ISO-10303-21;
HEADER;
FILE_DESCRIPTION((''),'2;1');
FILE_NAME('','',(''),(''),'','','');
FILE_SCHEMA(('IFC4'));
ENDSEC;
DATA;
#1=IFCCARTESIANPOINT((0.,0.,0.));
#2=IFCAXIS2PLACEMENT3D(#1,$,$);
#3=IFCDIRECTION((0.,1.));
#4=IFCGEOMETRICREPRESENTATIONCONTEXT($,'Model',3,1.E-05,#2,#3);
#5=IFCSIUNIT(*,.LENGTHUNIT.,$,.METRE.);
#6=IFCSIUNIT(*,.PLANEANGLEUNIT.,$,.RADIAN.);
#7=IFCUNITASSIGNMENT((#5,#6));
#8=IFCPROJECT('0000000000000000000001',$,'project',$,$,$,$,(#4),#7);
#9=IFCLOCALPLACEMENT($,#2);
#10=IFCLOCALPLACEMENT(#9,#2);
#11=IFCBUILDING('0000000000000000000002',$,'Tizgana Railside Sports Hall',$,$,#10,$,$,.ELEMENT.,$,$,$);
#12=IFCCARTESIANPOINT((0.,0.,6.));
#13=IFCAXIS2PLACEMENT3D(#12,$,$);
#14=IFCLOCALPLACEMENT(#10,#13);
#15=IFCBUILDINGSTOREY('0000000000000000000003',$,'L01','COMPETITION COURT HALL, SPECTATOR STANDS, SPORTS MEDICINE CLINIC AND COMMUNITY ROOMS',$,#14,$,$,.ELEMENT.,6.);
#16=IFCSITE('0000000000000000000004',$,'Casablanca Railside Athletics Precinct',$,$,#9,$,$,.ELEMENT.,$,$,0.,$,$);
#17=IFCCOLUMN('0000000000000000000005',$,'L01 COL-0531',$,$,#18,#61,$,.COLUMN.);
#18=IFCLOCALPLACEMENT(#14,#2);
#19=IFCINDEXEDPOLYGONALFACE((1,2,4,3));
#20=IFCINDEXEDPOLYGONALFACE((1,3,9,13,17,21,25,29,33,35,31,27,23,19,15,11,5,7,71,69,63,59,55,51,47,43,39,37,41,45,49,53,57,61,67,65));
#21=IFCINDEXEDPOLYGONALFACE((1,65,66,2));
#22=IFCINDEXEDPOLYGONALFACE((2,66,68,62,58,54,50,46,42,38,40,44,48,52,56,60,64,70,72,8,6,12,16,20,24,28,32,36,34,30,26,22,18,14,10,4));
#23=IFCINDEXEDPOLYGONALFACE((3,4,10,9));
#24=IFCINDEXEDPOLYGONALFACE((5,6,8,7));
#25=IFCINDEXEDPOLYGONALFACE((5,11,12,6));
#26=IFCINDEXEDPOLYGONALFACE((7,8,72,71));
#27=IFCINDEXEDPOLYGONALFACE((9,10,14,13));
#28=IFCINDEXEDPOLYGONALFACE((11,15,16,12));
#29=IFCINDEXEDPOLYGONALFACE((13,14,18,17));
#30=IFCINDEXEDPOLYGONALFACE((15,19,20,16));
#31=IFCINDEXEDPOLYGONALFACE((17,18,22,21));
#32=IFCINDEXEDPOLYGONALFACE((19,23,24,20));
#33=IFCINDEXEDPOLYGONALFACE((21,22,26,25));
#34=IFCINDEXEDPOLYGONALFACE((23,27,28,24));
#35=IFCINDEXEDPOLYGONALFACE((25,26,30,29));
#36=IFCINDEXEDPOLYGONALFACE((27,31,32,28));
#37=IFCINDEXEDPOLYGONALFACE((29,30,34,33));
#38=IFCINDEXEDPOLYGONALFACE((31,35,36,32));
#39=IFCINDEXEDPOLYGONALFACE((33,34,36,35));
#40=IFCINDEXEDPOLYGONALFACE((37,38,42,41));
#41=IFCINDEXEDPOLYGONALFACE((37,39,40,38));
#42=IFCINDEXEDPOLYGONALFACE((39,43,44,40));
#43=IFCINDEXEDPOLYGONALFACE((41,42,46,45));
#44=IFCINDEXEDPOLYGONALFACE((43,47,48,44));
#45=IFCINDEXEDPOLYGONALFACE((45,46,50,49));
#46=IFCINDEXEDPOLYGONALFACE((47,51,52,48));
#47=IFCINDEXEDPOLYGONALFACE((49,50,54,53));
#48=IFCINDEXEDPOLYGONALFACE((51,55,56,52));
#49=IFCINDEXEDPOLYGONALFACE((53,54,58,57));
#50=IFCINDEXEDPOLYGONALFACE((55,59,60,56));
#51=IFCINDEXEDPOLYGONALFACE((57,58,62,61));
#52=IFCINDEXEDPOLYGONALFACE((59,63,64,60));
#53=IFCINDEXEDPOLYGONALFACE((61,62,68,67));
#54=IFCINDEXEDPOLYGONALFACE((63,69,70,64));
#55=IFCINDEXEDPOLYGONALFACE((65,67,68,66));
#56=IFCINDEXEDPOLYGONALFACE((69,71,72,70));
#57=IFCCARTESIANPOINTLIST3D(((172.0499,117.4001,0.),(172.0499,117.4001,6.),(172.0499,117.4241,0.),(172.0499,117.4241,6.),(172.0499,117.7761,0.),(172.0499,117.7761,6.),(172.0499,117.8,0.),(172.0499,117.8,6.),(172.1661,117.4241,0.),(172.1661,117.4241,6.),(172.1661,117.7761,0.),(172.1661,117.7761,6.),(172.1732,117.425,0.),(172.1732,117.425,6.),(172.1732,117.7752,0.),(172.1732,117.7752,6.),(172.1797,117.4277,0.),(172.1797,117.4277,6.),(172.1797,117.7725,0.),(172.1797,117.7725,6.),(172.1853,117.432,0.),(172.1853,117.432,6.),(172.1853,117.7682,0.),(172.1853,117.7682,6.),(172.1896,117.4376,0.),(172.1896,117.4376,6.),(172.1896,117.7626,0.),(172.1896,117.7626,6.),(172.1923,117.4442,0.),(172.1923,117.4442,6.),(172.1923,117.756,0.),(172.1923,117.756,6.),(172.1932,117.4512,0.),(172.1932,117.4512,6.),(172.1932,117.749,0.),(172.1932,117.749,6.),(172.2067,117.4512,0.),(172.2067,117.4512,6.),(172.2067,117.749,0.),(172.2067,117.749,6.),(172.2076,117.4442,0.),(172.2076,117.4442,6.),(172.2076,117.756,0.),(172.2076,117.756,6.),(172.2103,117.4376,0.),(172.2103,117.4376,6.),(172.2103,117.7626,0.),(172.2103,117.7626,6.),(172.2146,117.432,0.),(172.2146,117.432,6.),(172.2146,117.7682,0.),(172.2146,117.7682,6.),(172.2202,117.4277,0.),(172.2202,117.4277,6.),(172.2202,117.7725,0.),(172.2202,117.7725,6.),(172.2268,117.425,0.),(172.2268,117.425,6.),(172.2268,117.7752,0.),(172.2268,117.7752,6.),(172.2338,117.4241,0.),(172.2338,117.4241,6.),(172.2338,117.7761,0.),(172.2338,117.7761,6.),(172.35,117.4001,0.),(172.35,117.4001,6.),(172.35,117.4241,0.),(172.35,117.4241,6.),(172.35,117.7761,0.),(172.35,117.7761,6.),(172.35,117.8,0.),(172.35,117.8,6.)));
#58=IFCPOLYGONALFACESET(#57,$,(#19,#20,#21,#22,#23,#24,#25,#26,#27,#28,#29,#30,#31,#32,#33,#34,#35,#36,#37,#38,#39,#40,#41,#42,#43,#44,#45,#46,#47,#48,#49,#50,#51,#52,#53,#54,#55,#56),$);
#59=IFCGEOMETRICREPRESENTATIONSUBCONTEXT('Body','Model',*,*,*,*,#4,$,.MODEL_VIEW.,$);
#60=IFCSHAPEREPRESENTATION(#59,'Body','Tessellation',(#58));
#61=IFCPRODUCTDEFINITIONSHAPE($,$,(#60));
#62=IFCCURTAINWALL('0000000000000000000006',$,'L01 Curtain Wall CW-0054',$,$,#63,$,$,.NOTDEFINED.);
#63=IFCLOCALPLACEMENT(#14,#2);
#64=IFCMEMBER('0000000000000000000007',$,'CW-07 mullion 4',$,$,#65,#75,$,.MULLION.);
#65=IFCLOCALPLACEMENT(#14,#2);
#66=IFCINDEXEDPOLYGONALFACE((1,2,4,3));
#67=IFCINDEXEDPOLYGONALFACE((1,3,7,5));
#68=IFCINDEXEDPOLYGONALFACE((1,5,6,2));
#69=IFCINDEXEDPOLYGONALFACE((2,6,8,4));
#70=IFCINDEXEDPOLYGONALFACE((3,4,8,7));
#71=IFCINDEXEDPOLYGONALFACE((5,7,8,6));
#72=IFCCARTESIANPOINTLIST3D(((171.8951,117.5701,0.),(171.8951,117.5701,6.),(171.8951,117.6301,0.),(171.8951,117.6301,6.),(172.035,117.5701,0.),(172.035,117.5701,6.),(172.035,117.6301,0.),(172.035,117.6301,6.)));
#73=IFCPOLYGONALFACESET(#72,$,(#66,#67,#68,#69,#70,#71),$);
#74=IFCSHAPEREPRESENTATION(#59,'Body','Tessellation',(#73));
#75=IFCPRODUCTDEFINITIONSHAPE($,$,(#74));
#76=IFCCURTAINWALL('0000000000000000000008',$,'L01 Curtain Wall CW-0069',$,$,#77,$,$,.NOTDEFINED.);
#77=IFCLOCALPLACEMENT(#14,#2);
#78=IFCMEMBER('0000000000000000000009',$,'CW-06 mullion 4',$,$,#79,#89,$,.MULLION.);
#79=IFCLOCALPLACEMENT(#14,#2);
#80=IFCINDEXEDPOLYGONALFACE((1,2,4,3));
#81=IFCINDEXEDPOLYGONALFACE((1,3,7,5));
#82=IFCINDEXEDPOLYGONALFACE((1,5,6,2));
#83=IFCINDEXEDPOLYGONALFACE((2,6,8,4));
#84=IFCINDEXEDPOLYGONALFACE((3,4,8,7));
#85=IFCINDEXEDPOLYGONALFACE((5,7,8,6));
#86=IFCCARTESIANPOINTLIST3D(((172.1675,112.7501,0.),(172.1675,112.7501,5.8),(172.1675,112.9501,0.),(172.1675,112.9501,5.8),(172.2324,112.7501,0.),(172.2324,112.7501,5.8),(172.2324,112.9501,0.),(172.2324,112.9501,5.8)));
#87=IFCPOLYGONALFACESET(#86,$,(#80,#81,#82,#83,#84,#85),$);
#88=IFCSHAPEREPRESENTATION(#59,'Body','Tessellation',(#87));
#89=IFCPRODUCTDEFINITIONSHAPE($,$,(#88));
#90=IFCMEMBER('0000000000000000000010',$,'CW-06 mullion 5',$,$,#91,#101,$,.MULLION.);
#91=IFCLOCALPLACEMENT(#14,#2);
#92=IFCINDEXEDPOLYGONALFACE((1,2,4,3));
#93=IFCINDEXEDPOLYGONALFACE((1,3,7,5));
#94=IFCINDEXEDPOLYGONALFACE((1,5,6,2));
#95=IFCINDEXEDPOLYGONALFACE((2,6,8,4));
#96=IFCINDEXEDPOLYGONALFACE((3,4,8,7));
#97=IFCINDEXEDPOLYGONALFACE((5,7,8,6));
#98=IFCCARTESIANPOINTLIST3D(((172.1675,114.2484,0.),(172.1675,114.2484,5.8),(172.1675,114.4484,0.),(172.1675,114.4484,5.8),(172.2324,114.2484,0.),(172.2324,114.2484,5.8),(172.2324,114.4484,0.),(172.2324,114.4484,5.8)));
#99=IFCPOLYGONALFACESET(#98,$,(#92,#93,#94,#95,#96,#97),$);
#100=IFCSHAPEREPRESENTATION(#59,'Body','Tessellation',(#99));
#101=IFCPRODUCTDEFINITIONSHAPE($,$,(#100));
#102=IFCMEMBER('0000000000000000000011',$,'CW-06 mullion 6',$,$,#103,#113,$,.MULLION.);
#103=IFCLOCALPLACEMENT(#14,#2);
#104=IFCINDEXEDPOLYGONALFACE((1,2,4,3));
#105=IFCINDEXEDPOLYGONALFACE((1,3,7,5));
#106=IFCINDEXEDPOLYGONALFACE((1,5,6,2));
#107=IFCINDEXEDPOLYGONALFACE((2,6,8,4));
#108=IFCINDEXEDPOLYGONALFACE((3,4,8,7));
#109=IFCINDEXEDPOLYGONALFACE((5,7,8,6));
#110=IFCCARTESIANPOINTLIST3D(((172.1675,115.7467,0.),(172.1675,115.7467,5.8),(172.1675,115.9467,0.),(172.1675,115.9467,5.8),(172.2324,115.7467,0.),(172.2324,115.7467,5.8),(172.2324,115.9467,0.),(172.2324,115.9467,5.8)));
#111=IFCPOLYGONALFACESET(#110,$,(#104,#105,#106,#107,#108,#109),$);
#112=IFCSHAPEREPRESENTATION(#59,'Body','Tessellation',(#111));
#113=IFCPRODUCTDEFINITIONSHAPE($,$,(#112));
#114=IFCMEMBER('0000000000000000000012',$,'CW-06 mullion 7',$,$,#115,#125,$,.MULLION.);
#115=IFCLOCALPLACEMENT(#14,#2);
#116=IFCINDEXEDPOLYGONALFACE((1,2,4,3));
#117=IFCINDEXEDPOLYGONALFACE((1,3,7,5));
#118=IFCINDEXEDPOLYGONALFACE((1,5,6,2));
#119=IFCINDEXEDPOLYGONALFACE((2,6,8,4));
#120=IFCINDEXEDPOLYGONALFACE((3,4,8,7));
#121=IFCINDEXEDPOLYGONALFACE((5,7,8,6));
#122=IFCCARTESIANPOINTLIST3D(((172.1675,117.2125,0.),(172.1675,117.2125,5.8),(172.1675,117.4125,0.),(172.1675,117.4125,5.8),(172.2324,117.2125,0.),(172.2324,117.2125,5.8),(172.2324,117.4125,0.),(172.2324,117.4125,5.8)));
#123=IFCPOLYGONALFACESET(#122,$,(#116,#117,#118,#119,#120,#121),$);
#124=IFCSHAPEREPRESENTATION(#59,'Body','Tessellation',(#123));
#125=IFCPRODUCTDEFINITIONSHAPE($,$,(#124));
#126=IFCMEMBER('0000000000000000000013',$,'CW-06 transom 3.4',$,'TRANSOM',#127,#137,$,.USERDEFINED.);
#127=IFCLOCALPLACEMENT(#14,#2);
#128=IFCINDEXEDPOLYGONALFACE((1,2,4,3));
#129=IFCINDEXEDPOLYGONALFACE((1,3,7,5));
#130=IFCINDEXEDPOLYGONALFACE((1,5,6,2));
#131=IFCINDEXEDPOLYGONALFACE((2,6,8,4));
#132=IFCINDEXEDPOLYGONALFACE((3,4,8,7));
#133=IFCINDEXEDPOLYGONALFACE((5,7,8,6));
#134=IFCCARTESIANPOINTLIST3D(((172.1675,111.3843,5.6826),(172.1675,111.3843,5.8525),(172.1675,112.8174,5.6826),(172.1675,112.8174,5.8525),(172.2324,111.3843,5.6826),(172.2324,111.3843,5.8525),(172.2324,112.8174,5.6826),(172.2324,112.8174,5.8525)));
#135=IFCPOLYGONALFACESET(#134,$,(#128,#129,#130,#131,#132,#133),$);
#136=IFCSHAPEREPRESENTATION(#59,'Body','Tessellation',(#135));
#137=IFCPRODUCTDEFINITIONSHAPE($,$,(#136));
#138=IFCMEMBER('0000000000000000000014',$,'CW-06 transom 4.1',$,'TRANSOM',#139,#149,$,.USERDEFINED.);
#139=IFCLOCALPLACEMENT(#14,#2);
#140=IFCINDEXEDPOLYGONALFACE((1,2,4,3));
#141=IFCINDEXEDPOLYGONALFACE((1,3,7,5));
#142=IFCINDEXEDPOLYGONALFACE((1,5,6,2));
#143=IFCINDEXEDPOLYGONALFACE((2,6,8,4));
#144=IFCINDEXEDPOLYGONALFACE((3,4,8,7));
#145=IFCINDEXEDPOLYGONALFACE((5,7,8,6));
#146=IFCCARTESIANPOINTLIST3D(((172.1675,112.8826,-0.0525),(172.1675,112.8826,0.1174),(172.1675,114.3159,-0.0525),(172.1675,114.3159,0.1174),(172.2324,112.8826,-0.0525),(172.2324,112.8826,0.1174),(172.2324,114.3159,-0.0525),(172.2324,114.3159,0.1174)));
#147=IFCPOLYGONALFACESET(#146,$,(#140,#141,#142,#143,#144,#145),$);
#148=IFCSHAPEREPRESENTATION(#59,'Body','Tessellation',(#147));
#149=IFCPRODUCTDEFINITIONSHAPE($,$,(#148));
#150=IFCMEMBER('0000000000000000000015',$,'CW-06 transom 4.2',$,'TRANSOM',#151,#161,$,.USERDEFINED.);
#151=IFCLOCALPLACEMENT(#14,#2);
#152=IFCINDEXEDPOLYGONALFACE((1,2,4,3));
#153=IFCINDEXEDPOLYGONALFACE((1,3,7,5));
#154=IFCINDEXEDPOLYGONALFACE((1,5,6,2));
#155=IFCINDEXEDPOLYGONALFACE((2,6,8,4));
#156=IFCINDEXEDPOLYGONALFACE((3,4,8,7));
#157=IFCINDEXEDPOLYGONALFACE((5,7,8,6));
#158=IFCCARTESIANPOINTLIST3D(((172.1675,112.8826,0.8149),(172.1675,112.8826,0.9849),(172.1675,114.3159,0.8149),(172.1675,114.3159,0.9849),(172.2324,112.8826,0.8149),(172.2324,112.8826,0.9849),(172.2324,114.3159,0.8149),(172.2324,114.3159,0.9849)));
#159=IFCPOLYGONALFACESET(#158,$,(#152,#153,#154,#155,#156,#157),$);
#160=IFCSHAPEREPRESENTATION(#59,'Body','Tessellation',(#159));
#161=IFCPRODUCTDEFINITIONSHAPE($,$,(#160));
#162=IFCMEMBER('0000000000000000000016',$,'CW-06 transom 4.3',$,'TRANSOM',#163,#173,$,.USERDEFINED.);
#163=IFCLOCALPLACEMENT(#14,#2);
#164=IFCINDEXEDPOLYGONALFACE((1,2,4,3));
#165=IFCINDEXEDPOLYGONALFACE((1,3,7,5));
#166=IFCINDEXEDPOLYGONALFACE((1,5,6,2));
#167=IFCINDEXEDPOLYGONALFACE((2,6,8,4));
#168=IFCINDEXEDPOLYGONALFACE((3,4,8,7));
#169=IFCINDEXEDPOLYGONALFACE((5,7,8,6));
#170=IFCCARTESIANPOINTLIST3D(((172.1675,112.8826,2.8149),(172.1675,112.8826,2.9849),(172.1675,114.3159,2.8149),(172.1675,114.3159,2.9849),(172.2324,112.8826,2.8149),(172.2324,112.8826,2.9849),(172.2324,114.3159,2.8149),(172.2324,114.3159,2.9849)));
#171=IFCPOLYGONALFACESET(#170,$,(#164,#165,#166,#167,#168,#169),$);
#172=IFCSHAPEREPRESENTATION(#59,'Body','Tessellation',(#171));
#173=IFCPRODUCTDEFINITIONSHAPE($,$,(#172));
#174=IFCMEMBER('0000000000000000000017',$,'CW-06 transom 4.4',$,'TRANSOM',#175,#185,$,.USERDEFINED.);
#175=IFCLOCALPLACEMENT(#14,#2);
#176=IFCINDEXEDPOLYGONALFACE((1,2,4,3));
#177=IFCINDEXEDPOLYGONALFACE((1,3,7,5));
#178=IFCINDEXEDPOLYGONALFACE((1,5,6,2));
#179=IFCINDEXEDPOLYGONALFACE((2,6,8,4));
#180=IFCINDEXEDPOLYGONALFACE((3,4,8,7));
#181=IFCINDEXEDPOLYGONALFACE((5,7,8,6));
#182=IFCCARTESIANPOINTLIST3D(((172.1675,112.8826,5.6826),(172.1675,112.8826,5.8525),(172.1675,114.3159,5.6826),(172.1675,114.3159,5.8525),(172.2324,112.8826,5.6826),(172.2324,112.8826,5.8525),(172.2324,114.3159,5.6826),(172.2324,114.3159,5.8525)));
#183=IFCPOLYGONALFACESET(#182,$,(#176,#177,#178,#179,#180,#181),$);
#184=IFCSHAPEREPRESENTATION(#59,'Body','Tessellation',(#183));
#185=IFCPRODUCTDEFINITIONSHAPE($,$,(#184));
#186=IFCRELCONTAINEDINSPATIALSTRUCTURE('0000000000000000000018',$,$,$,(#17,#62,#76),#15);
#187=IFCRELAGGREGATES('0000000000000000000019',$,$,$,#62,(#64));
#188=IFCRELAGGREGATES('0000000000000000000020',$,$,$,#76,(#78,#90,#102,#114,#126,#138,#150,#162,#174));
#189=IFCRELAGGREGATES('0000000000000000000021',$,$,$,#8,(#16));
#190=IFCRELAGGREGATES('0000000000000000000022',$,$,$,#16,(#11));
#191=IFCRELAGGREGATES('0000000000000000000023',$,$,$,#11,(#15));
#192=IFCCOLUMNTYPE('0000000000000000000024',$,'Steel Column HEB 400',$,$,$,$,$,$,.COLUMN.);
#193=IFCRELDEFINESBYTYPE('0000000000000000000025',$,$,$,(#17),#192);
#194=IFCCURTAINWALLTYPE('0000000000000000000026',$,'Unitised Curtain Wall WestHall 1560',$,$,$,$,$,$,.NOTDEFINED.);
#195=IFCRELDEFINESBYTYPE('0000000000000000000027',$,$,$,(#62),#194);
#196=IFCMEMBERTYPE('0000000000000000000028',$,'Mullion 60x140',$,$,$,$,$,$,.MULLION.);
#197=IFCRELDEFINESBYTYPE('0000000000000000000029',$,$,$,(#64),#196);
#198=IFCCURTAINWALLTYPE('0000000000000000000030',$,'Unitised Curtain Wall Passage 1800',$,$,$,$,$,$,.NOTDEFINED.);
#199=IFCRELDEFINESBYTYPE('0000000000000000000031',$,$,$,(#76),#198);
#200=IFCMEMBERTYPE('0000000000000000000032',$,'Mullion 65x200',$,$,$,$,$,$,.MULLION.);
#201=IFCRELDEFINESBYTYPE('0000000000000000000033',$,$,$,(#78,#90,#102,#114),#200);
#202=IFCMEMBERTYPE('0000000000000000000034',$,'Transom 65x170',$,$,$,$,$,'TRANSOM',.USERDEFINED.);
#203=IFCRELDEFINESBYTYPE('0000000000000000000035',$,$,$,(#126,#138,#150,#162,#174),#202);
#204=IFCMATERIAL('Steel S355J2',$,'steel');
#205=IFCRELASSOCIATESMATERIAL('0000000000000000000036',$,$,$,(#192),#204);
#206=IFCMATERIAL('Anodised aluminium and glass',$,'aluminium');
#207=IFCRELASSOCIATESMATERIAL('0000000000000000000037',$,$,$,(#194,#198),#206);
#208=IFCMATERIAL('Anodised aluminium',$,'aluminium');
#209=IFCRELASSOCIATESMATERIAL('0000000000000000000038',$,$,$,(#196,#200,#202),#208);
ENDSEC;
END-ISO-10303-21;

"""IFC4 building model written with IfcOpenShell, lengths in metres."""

from ifc_helpers import new_model, si_unit, direction, frame, origin, origin_2d, place, context, subcontext, project, spatial, rectangle, i_section, extrude, material, material_profile, profile_set, type_object, element, aggregate, save


model = new_model("IFC4")

# Units and contexts
model_context = context("Model", 3, precision=1e-05, world=origin(), true_north=direction((0.0, 1.0)))
body_context = subcontext(model_context, "Body", "Model", "MODEL_VIEW")
ifc_project = project(units=[si_unit("LENGTHUNIT", "METRE"), si_unit("PLANEANGLEUNIT", "RADIAN")], contexts=[model_context])

# Site, building, storey
site_placement = place(None, origin())
site = spatial("IfcSite", under=ifc_project, at=site_placement, Name="Casablanca Railside Athletics Precinct", CompositionType="ELEMENT", RefElevation=0.0)
building_placement = place(site_placement, origin())
building = spatial("IfcBuilding", under=site, at=building_placement, Name="Tizgana Railside Sports Hall", CompositionType="ELEMENT")
storey_placement = place(building_placement, frame((0.0, 0.0, 6.0)))
storey = spatial("IfcBuildingStorey", under=building, at=storey_placement, Name="L01", Description="COMPETITION COURT HALL, SPECTATOR STANDS, SPORTS MEDICINE CLINIC AND COMMUNITY ROOMS", CompositionType="ELEMENT", Elevation=6.0)

# Column
ifc_material_1 = material(Name="Steel S355J2", Category="steel")
ifc_material_profile_1 = material_profile(ifc_material_1, i_section(OverallWidth=0.3, OverallDepth=0.3999, WebThickness=0.0134, FlangeThickness=0.0239, FilletRadius=0.0271, at=origin_2d()), Name="HEB 400")
ifc_profile_set_1 = profile_set([ifc_material_profile_1], Name="Steel S355J2")
column_type = type_object("IfcColumnType", Name="Steel Column HEB 400", PredefinedType="COLUMN", material=ifc_profile_set_1)
column_placement = place(storey_placement, frame((172.2, 117.6001, 0.0), z_axis=(0.0, 0.0, 1.0), x_axis=(1.0, 0.0, 0.0)))
element("IfcColumn", 1, at=column_placement, inside=storey, type_object=column_type, Name="L01 COL-0531", PredefinedType="COLUMN", context=body_context, shape_type="SweptSolid", body=[
    extrude(i_section(OverallWidth=0.3, OverallDepth=0.3999, WebThickness=0.0134, FlangeThickness=0.0239, FilletRadius=0.0271, at=origin_2d()), origin(), (0.0, 0.0, 1.0), 6.0),
])

# Curtain wall, member
ifc_material_2 = material(Name="Anodised aluminium and glass", Category="aluminium")
curtain_wall_type_1 = type_object("IfcCurtainWallType", Name="Unitised Curtain Wall WestHall 1560", PredefinedType="NOTDEFINED", material=ifc_material_2)
curtain_wall_1_placement = place(storey_placement, origin())
curtain_wall_1 = element("IfcCurtainWall", 2, at=curtain_wall_1_placement, inside=storey, type_object=curtain_wall_type_1, Name="L01 Curtain Wall CW-0054", PredefinedType="NOTDEFINED")
ifc_material_3 = material(Name="Anodised aluminium", Category="aluminium")
ifc_material_profile_2 = material_profile(ifc_material_3, rectangle(XDim=0.0601, YDim=0.1399, at=origin_2d()), Name="Mullion 60x140")
ifc_profile_set_2 = profile_set([ifc_material_profile_2], Name="Anodised aluminium")
member_type_1 = type_object("IfcMemberType", Name="Mullion 60x140", PredefinedType="MULLION", material=ifc_profile_set_2)
member_1_placement = place(storey_placement, frame((171.9651, 117.6001, 0.0), z_axis=(0.0, 0.0, 1.0), x_axis=(0.0, 1.0, 0.0)))
member_1 = element("IfcMember", 3, at=member_1_placement, type_object=member_type_1, Name="CW-07 mullion 4", PredefinedType="MULLION", context=body_context, shape_type="SweptSolid", body=[
    extrude(rectangle(XDim=0.0601, YDim=0.1399, at=origin_2d()), origin(), (0.0, 0.0, 1.0), 6.0),
])
aggregate(curtain_wall_1, [member_1])

# Curtain wall, members
curtain_wall_type_2 = type_object("IfcCurtainWallType", Name="Unitised Curtain Wall Passage 1800", PredefinedType="NOTDEFINED", material=ifc_material_2)
curtain_wall_2_placement = place(storey_placement, origin())
curtain_wall_2 = element("IfcCurtainWall", 4, at=curtain_wall_2_placement, inside=storey, type_object=curtain_wall_type_2, Name="L01 Curtain Wall CW-0069", PredefinedType="NOTDEFINED")
ifc_material_profile_3 = material_profile(ifc_material_3, rectangle(XDim=0.0649, YDim=0.2, at=origin_2d()), Name="Mullion 65x200")
ifc_profile_set_3 = profile_set([ifc_material_profile_3], Name="Anodised aluminium")
member_type_2 = type_object("IfcMemberType", Name="Mullion 65x200", PredefinedType="MULLION", material=ifc_profile_set_3)
member_2_placement = place(storey_placement, frame((172.2, 112.8501, 0.0), z_axis=(0.0, 0.0, 1.0), x_axis=(-1.0, 0.0, 0.0)))
member_2 = element("IfcMember", 5, at=member_2_placement, type_object=member_type_2, Name="CW-06 mullion 4", PredefinedType="MULLION", context=body_context, shape_type="SweptSolid", body=[
    extrude(rectangle(XDim=0.0649, YDim=0.2, at=origin_2d()), origin(), (0.0, 0.0, 1.0), 5.8),
])
member_3_placement = place(storey_placement, frame((172.2, 114.3484, 0.0), z_axis=(0.0, 0.0, 1.0), x_axis=(-1.0, 0.0, 0.0)))
member_3 = element("IfcMember", 6, at=member_3_placement, type_object=member_type_2, Name="CW-06 mullion 5", PredefinedType="MULLION", context=body_context, shape_type="SweptSolid", body=[
    extrude(rectangle(XDim=0.0649, YDim=0.2, at=origin_2d()), origin(), (0.0, 0.0, 1.0), 5.8),
])
member_4_placement = place(storey_placement, frame((172.2, 115.8467, 0.0), z_axis=(0.0, 0.0, 1.0), x_axis=(-1.0, 0.0, 0.0)))
member_4 = element("IfcMember", 7, at=member_4_placement, type_object=member_type_2, Name="CW-06 mullion 6", PredefinedType="MULLION", context=body_context, shape_type="SweptSolid", body=[
    extrude(rectangle(XDim=0.0649, YDim=0.2, at=origin_2d()), origin(), (0.0, 0.0, 1.0), 5.8),
])
member_5_placement = place(storey_placement, frame((172.2, 117.3125, 0.0), z_axis=(0.0, 0.0, 1.0), x_axis=(-1.0, 0.0, 0.0)))
member_5 = element("IfcMember", 8, at=member_5_placement, type_object=member_type_2, Name="CW-06 mullion 7", PredefinedType="MULLION", context=body_context, shape_type="SweptSolid", body=[
    extrude(rectangle(XDim=0.0649, YDim=0.2, at=origin_2d()), origin(), (0.0, 0.0, 1.0), 5.8),
])
ifc_material_profile_4 = material_profile(ifc_material_3, rectangle(XDim=0.0649, YDim=0.1699, at=origin_2d()), Name="Transom 65x170")
ifc_profile_set_4 = profile_set([ifc_material_profile_4], Name="Anodised aluminium")
member_type_3 = type_object("IfcMemberType", Name="Transom 65x170", ElementType="TRANSOM", PredefinedType="USERDEFINED", material=ifc_profile_set_4)
member_6_placement = place(storey_placement, frame((172.2, 111.3843, 5.7676), z_axis=(0.0, 1.0, 0.0), x_axis=(-1.0, 0.0, 0.0)))
member_6 = element("IfcMember", 9, at=member_6_placement, type_object=member_type_3, Name="CW-06 transom 3.4", ObjectType="TRANSOM", PredefinedType="USERDEFINED", context=body_context, shape_type="SweptSolid", body=[
    extrude(rectangle(XDim=0.0649, YDim=0.1699, at=origin_2d()), origin(), (0.0, 0.0, 1.0), 1.4331),
])
member_7_placement = place(storey_placement, frame((172.2, 112.8826, 0.0325), z_axis=(0.0, 1.0, 0.0), x_axis=(-1.0, 0.0, 0.0)))
member_7 = element("IfcMember", 10, at=member_7_placement, type_object=member_type_3, Name="CW-06 transom 4.1", ObjectType="TRANSOM", PredefinedType="USERDEFINED", context=body_context, shape_type="SweptSolid", body=[
    extrude(rectangle(XDim=0.0649, YDim=0.1699, at=origin_2d()), origin(), (0.0, 0.0, 1.0), 1.4333),
])
member_8_placement = place(storey_placement, frame((172.2, 112.8826, 0.8999), z_axis=(0.0, 1.0, 0.0), x_axis=(-1.0, 0.0, 0.0)))
member_8 = element("IfcMember", 11, at=member_8_placement, type_object=member_type_3, Name="CW-06 transom 4.2", ObjectType="TRANSOM", PredefinedType="USERDEFINED", context=body_context, shape_type="SweptSolid", body=[
    extrude(rectangle(XDim=0.0649, YDim=0.1699, at=origin_2d()), origin(), (0.0, 0.0, 1.0), 1.4333),
])
member_9_placement = place(storey_placement, frame((172.2, 112.8826, 2.8999), z_axis=(0.0, 1.0, 0.0), x_axis=(-1.0, 0.0, 0.0)))
member_9 = element("IfcMember", 12, at=member_9_placement, type_object=member_type_3, Name="CW-06 transom 4.3", ObjectType="TRANSOM", PredefinedType="USERDEFINED", context=body_context, shape_type="SweptSolid", body=[
    extrude(rectangle(XDim=0.0649, YDim=0.1699, at=origin_2d()), origin(), (0.0, 0.0, 1.0), 1.4333),
])
member_10_placement = place(storey_placement, frame((172.2, 112.8826, 5.7676), z_axis=(0.0, 1.0, 0.0), x_axis=(-1.0, 0.0, 0.0)))
member_10 = element("IfcMember", 13, at=member_10_placement, type_object=member_type_3, Name="CW-06 transom 4.4", ObjectType="TRANSOM", PredefinedType="USERDEFINED", context=body_context, shape_type="SweptSolid", body=[
    extrude(rectangle(XDim=0.0649, YDim=0.1699, at=origin_2d()), origin(), (0.0, 0.0, 1.0), 1.4333),
])
aggregate(curtain_wall_2, [member_2, member_3, member_4, member_5, member_6, member_7, member_8, member_9, member_10])

save(model, "model.ifc")
